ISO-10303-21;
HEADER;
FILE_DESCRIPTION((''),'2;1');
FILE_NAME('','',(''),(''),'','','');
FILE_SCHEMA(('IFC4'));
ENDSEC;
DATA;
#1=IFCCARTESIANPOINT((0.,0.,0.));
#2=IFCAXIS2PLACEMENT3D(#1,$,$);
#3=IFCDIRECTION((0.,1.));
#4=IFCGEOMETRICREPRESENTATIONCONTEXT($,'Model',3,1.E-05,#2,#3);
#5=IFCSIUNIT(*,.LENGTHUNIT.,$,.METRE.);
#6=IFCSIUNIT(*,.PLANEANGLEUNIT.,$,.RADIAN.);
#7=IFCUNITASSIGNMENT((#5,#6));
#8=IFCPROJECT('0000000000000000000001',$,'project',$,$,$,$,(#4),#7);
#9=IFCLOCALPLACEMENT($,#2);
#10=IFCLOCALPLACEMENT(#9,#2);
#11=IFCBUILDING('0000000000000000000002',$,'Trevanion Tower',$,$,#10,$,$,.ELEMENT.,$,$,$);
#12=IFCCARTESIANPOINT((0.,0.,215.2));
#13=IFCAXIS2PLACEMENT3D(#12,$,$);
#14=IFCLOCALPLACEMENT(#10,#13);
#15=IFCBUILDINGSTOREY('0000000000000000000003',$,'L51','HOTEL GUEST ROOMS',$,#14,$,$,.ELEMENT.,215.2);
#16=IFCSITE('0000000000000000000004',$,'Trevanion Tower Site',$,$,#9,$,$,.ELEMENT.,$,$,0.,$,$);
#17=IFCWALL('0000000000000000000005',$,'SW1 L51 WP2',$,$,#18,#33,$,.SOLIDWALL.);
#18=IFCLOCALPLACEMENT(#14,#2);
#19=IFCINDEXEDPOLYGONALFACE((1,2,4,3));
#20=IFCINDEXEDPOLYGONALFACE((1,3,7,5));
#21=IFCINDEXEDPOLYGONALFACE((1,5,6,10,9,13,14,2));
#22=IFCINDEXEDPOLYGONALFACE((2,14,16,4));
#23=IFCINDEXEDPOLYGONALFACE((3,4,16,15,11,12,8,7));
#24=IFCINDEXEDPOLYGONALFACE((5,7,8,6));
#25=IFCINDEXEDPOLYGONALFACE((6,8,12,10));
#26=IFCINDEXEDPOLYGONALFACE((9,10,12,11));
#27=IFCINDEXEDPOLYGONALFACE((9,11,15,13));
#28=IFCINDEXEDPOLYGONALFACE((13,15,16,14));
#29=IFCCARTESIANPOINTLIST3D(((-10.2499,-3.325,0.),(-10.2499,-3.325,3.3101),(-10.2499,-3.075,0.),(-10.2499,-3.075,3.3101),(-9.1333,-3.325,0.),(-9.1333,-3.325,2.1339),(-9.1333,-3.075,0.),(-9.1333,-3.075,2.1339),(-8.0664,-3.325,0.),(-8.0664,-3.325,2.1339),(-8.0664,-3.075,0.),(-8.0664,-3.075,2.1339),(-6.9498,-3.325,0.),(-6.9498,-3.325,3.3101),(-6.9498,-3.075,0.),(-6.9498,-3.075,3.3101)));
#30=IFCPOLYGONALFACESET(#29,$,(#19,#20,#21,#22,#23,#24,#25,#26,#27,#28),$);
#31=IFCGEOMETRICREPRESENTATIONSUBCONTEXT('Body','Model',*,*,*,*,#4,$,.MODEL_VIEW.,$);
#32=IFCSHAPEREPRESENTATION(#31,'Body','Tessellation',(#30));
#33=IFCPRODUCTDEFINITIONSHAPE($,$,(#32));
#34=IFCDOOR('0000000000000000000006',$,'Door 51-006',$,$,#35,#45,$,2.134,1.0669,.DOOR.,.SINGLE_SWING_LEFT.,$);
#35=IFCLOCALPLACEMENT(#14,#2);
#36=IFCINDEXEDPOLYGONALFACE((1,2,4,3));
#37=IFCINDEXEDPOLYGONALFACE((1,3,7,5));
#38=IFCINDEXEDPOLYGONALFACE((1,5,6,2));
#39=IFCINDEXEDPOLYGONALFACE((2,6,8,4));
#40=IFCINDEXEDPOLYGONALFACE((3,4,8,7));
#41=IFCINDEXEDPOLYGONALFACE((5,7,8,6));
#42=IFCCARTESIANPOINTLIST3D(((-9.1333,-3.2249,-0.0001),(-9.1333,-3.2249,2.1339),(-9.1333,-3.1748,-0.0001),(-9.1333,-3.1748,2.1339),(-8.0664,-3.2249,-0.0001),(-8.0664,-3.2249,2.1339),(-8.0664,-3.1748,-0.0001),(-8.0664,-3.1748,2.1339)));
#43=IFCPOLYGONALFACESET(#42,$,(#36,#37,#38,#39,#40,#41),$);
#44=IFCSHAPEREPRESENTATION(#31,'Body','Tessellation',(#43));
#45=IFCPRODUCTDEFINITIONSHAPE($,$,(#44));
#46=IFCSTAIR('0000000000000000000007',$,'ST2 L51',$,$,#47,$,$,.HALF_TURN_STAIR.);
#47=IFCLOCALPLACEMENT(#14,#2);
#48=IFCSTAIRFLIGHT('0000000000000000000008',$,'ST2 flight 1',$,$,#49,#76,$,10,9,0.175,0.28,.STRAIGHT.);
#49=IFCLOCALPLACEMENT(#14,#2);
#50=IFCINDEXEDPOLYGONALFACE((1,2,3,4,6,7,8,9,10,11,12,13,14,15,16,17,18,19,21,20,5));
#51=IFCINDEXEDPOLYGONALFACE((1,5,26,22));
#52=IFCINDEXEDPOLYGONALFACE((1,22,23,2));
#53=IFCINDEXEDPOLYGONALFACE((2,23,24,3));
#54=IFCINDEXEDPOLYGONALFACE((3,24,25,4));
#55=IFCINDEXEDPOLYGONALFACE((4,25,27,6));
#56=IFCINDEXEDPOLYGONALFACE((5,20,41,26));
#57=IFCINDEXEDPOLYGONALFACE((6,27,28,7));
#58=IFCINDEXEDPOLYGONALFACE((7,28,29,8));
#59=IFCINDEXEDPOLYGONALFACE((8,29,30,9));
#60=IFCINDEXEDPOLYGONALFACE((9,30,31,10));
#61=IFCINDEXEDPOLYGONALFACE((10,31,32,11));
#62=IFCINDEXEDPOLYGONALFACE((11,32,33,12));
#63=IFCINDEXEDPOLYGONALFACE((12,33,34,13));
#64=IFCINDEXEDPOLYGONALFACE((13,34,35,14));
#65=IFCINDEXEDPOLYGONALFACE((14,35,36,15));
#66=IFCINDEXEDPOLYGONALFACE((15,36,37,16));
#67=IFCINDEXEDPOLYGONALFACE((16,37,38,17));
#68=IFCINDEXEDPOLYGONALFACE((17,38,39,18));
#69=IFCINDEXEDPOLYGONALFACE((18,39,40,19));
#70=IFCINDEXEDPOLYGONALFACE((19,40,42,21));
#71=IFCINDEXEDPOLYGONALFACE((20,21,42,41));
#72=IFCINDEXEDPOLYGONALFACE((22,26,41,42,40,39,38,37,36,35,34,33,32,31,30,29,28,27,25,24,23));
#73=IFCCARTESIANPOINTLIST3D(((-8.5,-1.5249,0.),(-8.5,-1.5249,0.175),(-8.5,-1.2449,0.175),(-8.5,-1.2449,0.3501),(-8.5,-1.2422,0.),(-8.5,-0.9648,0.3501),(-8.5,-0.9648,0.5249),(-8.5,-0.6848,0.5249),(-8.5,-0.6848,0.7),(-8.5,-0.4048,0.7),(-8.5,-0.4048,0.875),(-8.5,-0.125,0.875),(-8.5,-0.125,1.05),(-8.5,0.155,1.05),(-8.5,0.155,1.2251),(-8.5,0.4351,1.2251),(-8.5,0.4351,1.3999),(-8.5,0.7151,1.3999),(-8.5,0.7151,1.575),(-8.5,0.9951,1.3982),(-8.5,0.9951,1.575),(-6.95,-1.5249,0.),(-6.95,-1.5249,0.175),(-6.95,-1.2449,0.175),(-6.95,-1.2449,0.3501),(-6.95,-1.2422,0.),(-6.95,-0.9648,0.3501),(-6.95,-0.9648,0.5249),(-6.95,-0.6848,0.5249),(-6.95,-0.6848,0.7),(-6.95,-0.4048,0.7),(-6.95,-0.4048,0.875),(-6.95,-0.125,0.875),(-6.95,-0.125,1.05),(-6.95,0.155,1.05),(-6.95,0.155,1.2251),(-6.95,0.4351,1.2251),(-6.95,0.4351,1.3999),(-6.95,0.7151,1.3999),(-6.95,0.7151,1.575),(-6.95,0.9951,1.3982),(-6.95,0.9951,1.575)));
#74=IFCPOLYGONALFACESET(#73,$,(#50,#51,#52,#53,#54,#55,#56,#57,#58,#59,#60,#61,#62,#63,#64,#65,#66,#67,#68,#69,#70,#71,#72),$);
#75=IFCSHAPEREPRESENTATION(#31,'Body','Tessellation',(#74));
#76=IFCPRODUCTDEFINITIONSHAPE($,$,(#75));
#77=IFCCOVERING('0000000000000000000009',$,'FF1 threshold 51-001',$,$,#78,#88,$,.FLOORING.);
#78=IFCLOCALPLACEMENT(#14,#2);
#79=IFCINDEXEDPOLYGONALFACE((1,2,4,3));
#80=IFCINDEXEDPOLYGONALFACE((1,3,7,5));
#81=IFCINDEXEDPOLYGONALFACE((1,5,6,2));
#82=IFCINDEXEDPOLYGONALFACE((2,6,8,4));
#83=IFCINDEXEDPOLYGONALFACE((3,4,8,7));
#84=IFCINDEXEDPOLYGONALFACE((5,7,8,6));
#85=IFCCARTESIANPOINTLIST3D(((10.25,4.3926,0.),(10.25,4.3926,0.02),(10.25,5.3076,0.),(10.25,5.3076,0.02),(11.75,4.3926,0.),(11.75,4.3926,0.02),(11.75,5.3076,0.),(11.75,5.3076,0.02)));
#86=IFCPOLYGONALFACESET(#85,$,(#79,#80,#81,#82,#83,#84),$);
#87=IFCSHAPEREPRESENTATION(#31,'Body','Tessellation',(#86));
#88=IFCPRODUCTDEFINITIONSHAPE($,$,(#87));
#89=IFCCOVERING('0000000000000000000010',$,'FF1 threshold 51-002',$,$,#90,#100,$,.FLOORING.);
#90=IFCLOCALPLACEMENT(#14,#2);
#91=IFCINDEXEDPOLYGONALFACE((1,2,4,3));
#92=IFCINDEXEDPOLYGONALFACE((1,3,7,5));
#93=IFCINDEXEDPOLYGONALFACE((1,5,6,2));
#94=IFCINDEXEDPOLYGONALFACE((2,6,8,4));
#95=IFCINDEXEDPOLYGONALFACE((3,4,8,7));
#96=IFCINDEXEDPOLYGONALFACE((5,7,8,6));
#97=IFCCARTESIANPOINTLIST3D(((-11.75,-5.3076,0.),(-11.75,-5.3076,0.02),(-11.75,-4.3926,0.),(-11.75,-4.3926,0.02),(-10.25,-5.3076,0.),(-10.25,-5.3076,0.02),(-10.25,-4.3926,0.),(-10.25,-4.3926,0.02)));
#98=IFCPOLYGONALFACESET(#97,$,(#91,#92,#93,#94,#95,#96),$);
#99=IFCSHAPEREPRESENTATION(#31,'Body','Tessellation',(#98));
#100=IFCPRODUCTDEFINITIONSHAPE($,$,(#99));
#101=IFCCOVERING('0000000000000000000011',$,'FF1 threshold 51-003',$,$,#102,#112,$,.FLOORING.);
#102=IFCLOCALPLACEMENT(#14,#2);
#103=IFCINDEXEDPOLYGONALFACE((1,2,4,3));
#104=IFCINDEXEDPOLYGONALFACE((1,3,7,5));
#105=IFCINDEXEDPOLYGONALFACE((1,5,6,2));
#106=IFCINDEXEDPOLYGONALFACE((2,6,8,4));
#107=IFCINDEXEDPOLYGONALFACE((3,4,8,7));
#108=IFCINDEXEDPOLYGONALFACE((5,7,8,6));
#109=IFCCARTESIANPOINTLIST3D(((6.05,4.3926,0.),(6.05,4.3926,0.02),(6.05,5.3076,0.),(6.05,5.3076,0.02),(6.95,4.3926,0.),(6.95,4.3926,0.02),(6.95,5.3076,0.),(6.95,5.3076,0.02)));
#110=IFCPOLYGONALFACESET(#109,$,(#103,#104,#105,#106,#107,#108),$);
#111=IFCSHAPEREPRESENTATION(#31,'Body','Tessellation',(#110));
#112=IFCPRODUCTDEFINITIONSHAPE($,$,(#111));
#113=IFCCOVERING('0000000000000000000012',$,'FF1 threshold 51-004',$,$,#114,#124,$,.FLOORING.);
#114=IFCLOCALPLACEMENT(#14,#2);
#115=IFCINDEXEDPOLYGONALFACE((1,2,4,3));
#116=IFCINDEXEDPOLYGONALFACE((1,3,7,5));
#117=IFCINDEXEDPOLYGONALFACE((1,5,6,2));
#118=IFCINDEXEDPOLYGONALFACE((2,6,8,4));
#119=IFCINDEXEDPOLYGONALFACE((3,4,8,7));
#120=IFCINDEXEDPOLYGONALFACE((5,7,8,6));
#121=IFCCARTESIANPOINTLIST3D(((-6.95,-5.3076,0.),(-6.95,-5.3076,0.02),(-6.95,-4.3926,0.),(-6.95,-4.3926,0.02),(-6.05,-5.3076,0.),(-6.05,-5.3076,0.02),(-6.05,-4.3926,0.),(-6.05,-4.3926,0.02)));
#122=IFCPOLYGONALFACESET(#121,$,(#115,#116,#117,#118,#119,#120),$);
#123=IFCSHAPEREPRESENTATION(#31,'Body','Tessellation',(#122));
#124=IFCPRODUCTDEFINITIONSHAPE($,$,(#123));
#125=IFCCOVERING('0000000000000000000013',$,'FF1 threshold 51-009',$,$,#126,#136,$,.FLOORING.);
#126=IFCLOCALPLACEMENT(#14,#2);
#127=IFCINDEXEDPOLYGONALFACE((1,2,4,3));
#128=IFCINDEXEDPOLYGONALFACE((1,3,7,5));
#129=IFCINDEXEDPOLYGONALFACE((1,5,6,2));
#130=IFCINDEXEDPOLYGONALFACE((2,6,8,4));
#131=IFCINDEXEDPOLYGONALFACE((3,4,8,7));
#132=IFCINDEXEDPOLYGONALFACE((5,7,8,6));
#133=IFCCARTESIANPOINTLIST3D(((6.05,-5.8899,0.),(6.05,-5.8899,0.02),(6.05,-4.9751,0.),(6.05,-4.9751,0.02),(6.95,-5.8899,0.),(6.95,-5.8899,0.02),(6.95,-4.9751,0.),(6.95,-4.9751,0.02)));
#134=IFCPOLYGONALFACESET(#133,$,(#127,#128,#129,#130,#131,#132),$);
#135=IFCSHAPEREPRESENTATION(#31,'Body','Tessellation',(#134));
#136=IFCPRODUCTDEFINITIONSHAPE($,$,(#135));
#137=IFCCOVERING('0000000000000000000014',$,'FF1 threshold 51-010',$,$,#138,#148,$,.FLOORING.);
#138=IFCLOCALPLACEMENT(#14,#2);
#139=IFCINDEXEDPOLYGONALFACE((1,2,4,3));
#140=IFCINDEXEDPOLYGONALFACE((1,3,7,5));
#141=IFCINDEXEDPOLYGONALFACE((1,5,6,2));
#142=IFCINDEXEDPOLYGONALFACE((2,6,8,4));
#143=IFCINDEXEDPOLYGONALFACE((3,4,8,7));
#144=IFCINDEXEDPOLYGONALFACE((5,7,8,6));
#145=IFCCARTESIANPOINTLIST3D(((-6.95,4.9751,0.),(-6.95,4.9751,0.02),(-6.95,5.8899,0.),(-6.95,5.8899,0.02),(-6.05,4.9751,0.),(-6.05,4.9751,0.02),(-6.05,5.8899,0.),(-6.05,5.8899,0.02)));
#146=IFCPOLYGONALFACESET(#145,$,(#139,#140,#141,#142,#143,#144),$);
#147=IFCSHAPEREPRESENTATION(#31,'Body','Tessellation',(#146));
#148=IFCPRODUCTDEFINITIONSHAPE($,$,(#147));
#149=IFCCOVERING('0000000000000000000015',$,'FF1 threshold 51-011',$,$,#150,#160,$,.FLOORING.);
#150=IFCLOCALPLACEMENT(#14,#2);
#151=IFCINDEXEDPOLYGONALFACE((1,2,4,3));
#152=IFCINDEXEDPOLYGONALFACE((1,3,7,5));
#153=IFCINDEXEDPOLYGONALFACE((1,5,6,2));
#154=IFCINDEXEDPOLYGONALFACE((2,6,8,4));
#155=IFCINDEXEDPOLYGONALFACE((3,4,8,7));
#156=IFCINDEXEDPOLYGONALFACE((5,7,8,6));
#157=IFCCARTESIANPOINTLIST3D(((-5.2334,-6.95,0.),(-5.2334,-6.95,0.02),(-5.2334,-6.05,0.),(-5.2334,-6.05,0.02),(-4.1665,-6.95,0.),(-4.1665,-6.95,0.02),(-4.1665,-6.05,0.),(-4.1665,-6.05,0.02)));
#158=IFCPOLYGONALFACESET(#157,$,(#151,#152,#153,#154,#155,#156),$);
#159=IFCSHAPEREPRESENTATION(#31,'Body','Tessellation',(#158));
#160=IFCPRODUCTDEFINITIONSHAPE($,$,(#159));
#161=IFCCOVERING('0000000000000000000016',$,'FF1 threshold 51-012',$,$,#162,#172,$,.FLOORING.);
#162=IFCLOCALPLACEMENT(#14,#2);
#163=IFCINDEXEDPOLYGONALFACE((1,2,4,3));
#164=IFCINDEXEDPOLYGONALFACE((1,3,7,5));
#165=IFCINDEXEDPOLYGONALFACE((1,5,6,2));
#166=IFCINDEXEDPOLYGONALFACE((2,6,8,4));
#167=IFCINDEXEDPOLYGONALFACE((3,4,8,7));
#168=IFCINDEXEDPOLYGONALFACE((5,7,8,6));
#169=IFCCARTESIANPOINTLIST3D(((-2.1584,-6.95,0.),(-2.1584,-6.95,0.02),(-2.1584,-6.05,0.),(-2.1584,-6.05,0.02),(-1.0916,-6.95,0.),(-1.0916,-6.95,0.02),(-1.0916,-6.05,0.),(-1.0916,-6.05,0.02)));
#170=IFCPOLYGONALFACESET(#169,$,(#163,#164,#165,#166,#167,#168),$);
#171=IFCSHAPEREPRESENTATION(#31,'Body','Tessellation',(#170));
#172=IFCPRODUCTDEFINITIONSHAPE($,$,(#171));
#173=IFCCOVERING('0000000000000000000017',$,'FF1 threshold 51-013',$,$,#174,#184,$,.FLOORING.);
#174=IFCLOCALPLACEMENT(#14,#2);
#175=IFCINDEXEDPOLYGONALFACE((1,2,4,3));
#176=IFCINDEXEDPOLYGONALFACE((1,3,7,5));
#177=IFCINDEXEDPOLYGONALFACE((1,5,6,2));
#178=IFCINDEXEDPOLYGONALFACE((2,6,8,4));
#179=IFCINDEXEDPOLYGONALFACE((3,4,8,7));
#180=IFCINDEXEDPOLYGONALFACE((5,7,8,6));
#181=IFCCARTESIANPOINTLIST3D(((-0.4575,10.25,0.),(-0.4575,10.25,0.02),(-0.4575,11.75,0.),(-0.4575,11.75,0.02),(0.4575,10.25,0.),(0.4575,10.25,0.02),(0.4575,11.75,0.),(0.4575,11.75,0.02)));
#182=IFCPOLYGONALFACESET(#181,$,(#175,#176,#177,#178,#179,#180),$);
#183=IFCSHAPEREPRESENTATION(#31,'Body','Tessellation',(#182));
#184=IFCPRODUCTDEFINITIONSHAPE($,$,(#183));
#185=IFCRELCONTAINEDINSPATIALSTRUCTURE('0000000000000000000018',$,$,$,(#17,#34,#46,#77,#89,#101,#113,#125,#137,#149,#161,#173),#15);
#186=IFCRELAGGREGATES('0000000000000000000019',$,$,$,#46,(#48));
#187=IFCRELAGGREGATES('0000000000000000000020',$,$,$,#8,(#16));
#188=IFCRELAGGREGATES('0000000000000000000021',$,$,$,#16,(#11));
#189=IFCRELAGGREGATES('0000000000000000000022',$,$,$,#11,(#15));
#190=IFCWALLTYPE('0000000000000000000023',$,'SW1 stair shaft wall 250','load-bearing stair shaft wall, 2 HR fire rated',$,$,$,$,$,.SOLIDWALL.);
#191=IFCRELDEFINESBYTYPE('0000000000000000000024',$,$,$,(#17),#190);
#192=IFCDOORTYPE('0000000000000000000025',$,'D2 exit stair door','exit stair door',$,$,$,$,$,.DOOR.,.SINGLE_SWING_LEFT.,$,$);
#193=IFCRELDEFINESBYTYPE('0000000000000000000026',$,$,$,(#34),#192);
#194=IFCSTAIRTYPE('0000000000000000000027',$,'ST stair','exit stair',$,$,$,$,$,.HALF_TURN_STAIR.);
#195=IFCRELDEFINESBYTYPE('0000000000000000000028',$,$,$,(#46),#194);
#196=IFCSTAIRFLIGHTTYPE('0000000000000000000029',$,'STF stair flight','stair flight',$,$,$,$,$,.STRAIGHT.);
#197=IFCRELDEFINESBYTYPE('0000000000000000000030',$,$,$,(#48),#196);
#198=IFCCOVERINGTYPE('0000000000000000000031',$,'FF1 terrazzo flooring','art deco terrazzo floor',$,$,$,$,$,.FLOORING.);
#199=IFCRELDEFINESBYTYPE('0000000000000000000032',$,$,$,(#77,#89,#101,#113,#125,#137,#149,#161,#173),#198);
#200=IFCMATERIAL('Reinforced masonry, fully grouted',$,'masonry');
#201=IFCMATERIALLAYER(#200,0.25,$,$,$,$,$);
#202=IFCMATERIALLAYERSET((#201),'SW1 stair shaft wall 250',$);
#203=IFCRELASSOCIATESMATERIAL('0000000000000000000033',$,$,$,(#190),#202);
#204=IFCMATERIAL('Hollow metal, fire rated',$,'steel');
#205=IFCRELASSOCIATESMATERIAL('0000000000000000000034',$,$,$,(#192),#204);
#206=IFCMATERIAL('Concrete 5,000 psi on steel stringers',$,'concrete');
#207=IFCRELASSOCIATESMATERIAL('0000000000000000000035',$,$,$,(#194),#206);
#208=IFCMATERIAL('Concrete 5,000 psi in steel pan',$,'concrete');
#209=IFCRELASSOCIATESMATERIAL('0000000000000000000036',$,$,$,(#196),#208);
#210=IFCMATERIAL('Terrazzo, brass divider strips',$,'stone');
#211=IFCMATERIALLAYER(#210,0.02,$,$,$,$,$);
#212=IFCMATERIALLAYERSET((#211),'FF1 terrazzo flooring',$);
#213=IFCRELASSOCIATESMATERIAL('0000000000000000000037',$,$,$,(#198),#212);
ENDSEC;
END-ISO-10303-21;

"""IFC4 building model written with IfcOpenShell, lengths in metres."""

from ifc_helpers import new_model, si_unit, direction, frame, frame_2d, origin, place, context, subcontext, project, spatial, polyline, rectangle, outline, extrude, material, layer, layer_set, type_object, element, fill, aggregate, save


model = new_model("IFC4")

# Units and contexts
model_context = context("Model", 3, precision=1e-05, world=origin(), true_north=direction((0.0, 1.0)))
body_context = subcontext(model_context, "Body", "Model", "MODEL_VIEW")
ifc_project = project(units=[si_unit("LENGTHUNIT", "METRE"), si_unit("PLANEANGLEUNIT", "RADIAN")], contexts=[model_context])

# Site, building, storey
site_placement = place(None, origin())
site = spatial("IfcSite", under=ifc_project, at=site_placement, Name="Trevanion Tower Site", CompositionType="ELEMENT", RefElevation=0.0)
building_placement = place(site_placement, origin())
building = spatial("IfcBuilding", under=site, at=building_placement, Name="Trevanion Tower", CompositionType="ELEMENT")
storey_placement = place(building_placement, frame((0.0, 0.0, 215.2)))
storey = spatial("IfcBuildingStorey", under=building, at=storey_placement, Name="L51", Description="HOTEL GUEST ROOMS", CompositionType="ELEMENT", Elevation=215.2)

# Wall, opening, door
ifc_material_1 = material(Name="Reinforced masonry, fully grouted", Category="masonry")
ifc_layer_1 = layer(ifc_material_1, 0.25)
ifc_layer_set_1 = layer_set([ifc_layer_1], Name="SW1 stair shaft wall 250")
wall_type_1 = type_object("IfcWallType", Name="SW1 stair shaft wall 250", Description="load-bearing stair shaft wall, 2 HR fire rated", PredefinedType="SOLIDWALL", material=ifc_layer_set_1)
wall_1_placement = place(storey_placement, frame((-6.95, -3.2, 0.0), z_axis=(0.0, 0.0, 1.0), x_axis=(-1.0, 0.0, 0.0)))
wall_1 = element("IfcWall", 1, at=wall_1_placement, inside=storey, type_object=wall_type_1, Name="SW1 L51 WP2", PredefinedType="SOLIDWALL", context=body_context, shape_type="SweptSolid", body=[
    extrude(rectangle(XDim=3.3, YDim=0.25, at=frame_2d((1.6499, 0.0))), origin(), (0.0, 0.0, 1.0), 3.3101),
])
opening_1_placement = place(wall_1_placement, frame((1.1165, 0.0, 0.0)))
opening_1 = element("IfcOpeningElement", 2, at=opening_1_placement, cuts=wall_1, PredefinedType="OPENING", context=body_context, shape_type="SweptSolid", body=[
    extrude(rectangle(XDim=1.0669, YDim=2.134, at=frame_2d((0.5334, 1.0669))), frame((0.0, 0.135, 0.0), z_axis=(0.0, -1.0, 0.0), x_axis=(1.0, 0.0, 0.0)), (0.0, 0.0, 1.0), 0.27),
])
ifc_material_2 = material(Name="Hollow metal, fire rated", Category="steel")
door_type_1 = type_object("IfcDoorType", Name="D2 exit stair door", Description="exit stair door", OperationType="SINGLE_SWING_LEFT", PredefinedType="DOOR", material=ifc_material_2)
door_1_placement = place(opening_1_placement, origin())
door_1 = element("IfcDoor", 3, at=door_1_placement, inside=storey, type_object=door_type_1, Name="Door 51-006", OperationType="SINGLE_SWING_LEFT", OverallHeight=2.134, OverallWidth=1.0669, PredefinedType="DOOR", context=body_context, shape_type="SweptSolid", body=[
    extrude(rectangle(XDim=1.0669, YDim=2.134, at=frame_2d((0.5334, 1.0669))), frame((0.0, 0.0249, 0.0), z_axis=(0.0, -1.0, 0.0), x_axis=(1.0, 0.0, 0.0)), (0.0, 0.0, 1.0), 0.05),
])
fill(opening_1, door_1)

# Stair, stair flight
ifc_material_3 = material(Name="Concrete 5,000 psi on steel stringers", Category="concrete")
stair_type = type_object("IfcStairType", Name="ST stair", Description="exit stair", PredefinedType="HALF_TURN_STAIR", material=ifc_material_3)
stair_placement = place(storey_placement, origin())
stair = element("IfcStair", 4, at=stair_placement, inside=storey, type_object=stair_type, Name="ST2 L51", PredefinedType="HALF_TURN_STAIR")
ifc_material_4 = material(Name="Concrete 5,000 psi in steel pan", Category="concrete")
stair_flight_type = type_object("IfcStairFlightType", Name="STF stair flight", Description="stair flight", PredefinedType="STRAIGHT", material=ifc_material_4)
stair_flight_placement = place(storey_placement, frame((-7.7251, -1.5249, 0.0), z_axis=(0.0, 0.0, 1.0), x_axis=(0.0, 1.0, 0.0)))
stair_flight = element("IfcStairFlight", 5, at=stair_flight_placement, type_object=stair_flight_type, Name="ST2 flight 1", NumberOfRisers=10, NumberOfTreads=9, PredefinedType="STRAIGHT", RiserHeight=0.175, TreadLength=0.28, context=body_context, shape_type="SweptSolid", body=[
    extrude(outline(polyline([(0.0, 0.0), (0.0, 0.175), (0.28, 0.175), (0.28, 0.3501), (0.5601, 0.3501), (0.5601, 0.5249), (0.8401, 0.5249), (0.8401, 0.7), (1.1201, 0.7), (1.1201, 0.875), (1.3999, 0.875), (1.3999, 1.05), (1.6799, 1.05), (1.6799, 1.2251), (1.96, 1.2251), (1.96, 1.3999), (2.24, 1.3999), (2.24, 1.575), (2.52, 1.575), (2.52, 1.75), (2.52, 1.3982), (0.2827, 0.0), (0.0, 0.0)])), frame((0.0, 0.7749, 0.0), z_axis=(0.0, -1.0, 0.0), x_axis=(1.0, 0.0, 0.0)), (0.0, 0.0, 1.0), 1.55),
])
aggregate(stair, [stair_flight])

# Coverings
ifc_material_5 = material(Name="Terrazzo, brass divider strips", Category="stone")
ifc_layer_2 = layer(ifc_material_5, 0.02)
ifc_layer_set_2 = layer_set([ifc_layer_2], Name="FF1 terrazzo flooring")
covering_type = type_object("IfcCoveringType", Name="FF1 terrazzo flooring", Description="art deco terrazzo floor", PredefinedType="FLOORING", material=ifc_layer_set_2)
covering_1_placement = place(storey_placement, origin())
element("IfcCovering", 6, at=covering_1_placement, inside=storey, type_object=covering_type, Name="FF1 threshold 51-001", PredefinedType="FLOORING", context=body_context, shape_type="SweptSolid", body=[
    extrude(outline(polyline([(11.75, 4.3926), (11.75, 5.3076), (10.25, 5.3076), (10.25, 4.3926), (11.75, 4.3926)])), origin(), (0.0, 0.0, 1.0), 0.02),
])
covering_2_placement = place(storey_placement, origin())
element("IfcCovering", 7, at=covering_2_placement, inside=storey, type_object=covering_type, Name="FF1 threshold 51-002", PredefinedType="FLOORING", context=body_context, shape_type="SweptSolid", body=[
    extrude(outline(polyline([(-11.75, -4.3926), (-11.75, -5.3076), (-10.25, -5.3076), (-10.25, -4.3926), (-11.75, -4.3926)])), origin(), (0.0, 0.0, 1.0), 0.02),
])
covering_3_placement = place(storey_placement, origin())
element("IfcCovering", 8, at=covering_3_placement, inside=storey, type_object=covering_type, Name="FF1 threshold 51-003", PredefinedType="FLOORING", context=body_context, shape_type="SweptSolid", body=[
    extrude(outline(polyline([(6.95, 4.3926), (6.95, 5.3076), (6.05, 5.3076), (6.05, 4.3926), (6.95, 4.3926)])), origin(), (0.0, 0.0, 1.0), 0.02),
])
covering_4_placement = place(storey_placement, origin())
element("IfcCovering", 9, at=covering_4_placement, inside=storey, type_object=covering_type, Name="FF1 threshold 51-004", PredefinedType="FLOORING", context=body_context, shape_type="SweptSolid", body=[
    extrude(outline(polyline([(-6.95, -4.3926), (-6.95, -5.3076), (-6.05, -5.3076), (-6.05, -4.3926), (-6.95, -4.3926)])), origin(), (0.0, 0.0, 1.0), 0.02),
])
covering_5_placement = place(storey_placement, origin())
element("IfcCovering", 10, at=covering_5_placement, inside=storey, type_object=covering_type, Name="FF1 threshold 51-009", PredefinedType="FLOORING", context=body_context, shape_type="SweptSolid", body=[
    extrude(outline(polyline([(6.95, -5.8899), (6.95, -4.9751), (6.05, -4.9751), (6.05, -5.8899), (6.95, -5.8899)])), origin(), (0.0, 0.0, 1.0), 0.02),
])
covering_6_placement = place(storey_placement, origin())
element("IfcCovering", 11, at=covering_6_placement, inside=storey, type_object=covering_type, Name="FF1 threshold 51-010", PredefinedType="FLOORING", context=body_context, shape_type="SweptSolid", body=[
    extrude(outline(polyline([(-6.95, 5.8899), (-6.95, 4.9751), (-6.05, 4.9751), (-6.05, 5.8899), (-6.95, 5.8899)])), origin(), (0.0, 0.0, 1.0), 0.02),
])
covering_7_placement = place(storey_placement, origin())
element("IfcCovering", 12, at=covering_7_placement, inside=storey, type_object=covering_type, Name="FF1 threshold 51-011", PredefinedType="FLOORING", context=body_context, shape_type="SweptSolid", body=[
    extrude(outline(polyline([(-5.2334, -6.95), (-4.1665, -6.95), (-4.1665, -6.05), (-5.2334, -6.05), (-5.2334, -6.95)])), origin(), (0.0, 0.0, 1.0), 0.02),
])
covering_8_placement = place(storey_placement, origin())
element("IfcCovering", 13, at=covering_8_placement, inside=storey, type_object=covering_type, Name="FF1 threshold 51-012", PredefinedType="FLOORING", context=body_context, shape_type="SweptSolid", body=[
    extrude(outline(polyline([(-2.1584, -6.95), (-1.0916, -6.95), (-1.0916, -6.05), (-2.1584, -6.05), (-2.1584, -6.95)])), origin(), (0.0, 0.0, 1.0), 0.02),
])
covering_9_placement = place(storey_placement, origin())
element("IfcCovering", 14, at=covering_9_placement, inside=storey, type_object=covering_type, Name="FF1 threshold 51-013", PredefinedType="FLOORING", context=body_context, shape_type="SweptSolid", body=[
    extrude(outline(polyline([(0.4575, 11.75), (-0.4575, 11.75), (-0.4575, 10.25), (0.4575, 10.25), (0.4575, 11.75)])), origin(), (0.0, 0.0, 1.0), 0.02),
])

save(model, "model.ifc")
